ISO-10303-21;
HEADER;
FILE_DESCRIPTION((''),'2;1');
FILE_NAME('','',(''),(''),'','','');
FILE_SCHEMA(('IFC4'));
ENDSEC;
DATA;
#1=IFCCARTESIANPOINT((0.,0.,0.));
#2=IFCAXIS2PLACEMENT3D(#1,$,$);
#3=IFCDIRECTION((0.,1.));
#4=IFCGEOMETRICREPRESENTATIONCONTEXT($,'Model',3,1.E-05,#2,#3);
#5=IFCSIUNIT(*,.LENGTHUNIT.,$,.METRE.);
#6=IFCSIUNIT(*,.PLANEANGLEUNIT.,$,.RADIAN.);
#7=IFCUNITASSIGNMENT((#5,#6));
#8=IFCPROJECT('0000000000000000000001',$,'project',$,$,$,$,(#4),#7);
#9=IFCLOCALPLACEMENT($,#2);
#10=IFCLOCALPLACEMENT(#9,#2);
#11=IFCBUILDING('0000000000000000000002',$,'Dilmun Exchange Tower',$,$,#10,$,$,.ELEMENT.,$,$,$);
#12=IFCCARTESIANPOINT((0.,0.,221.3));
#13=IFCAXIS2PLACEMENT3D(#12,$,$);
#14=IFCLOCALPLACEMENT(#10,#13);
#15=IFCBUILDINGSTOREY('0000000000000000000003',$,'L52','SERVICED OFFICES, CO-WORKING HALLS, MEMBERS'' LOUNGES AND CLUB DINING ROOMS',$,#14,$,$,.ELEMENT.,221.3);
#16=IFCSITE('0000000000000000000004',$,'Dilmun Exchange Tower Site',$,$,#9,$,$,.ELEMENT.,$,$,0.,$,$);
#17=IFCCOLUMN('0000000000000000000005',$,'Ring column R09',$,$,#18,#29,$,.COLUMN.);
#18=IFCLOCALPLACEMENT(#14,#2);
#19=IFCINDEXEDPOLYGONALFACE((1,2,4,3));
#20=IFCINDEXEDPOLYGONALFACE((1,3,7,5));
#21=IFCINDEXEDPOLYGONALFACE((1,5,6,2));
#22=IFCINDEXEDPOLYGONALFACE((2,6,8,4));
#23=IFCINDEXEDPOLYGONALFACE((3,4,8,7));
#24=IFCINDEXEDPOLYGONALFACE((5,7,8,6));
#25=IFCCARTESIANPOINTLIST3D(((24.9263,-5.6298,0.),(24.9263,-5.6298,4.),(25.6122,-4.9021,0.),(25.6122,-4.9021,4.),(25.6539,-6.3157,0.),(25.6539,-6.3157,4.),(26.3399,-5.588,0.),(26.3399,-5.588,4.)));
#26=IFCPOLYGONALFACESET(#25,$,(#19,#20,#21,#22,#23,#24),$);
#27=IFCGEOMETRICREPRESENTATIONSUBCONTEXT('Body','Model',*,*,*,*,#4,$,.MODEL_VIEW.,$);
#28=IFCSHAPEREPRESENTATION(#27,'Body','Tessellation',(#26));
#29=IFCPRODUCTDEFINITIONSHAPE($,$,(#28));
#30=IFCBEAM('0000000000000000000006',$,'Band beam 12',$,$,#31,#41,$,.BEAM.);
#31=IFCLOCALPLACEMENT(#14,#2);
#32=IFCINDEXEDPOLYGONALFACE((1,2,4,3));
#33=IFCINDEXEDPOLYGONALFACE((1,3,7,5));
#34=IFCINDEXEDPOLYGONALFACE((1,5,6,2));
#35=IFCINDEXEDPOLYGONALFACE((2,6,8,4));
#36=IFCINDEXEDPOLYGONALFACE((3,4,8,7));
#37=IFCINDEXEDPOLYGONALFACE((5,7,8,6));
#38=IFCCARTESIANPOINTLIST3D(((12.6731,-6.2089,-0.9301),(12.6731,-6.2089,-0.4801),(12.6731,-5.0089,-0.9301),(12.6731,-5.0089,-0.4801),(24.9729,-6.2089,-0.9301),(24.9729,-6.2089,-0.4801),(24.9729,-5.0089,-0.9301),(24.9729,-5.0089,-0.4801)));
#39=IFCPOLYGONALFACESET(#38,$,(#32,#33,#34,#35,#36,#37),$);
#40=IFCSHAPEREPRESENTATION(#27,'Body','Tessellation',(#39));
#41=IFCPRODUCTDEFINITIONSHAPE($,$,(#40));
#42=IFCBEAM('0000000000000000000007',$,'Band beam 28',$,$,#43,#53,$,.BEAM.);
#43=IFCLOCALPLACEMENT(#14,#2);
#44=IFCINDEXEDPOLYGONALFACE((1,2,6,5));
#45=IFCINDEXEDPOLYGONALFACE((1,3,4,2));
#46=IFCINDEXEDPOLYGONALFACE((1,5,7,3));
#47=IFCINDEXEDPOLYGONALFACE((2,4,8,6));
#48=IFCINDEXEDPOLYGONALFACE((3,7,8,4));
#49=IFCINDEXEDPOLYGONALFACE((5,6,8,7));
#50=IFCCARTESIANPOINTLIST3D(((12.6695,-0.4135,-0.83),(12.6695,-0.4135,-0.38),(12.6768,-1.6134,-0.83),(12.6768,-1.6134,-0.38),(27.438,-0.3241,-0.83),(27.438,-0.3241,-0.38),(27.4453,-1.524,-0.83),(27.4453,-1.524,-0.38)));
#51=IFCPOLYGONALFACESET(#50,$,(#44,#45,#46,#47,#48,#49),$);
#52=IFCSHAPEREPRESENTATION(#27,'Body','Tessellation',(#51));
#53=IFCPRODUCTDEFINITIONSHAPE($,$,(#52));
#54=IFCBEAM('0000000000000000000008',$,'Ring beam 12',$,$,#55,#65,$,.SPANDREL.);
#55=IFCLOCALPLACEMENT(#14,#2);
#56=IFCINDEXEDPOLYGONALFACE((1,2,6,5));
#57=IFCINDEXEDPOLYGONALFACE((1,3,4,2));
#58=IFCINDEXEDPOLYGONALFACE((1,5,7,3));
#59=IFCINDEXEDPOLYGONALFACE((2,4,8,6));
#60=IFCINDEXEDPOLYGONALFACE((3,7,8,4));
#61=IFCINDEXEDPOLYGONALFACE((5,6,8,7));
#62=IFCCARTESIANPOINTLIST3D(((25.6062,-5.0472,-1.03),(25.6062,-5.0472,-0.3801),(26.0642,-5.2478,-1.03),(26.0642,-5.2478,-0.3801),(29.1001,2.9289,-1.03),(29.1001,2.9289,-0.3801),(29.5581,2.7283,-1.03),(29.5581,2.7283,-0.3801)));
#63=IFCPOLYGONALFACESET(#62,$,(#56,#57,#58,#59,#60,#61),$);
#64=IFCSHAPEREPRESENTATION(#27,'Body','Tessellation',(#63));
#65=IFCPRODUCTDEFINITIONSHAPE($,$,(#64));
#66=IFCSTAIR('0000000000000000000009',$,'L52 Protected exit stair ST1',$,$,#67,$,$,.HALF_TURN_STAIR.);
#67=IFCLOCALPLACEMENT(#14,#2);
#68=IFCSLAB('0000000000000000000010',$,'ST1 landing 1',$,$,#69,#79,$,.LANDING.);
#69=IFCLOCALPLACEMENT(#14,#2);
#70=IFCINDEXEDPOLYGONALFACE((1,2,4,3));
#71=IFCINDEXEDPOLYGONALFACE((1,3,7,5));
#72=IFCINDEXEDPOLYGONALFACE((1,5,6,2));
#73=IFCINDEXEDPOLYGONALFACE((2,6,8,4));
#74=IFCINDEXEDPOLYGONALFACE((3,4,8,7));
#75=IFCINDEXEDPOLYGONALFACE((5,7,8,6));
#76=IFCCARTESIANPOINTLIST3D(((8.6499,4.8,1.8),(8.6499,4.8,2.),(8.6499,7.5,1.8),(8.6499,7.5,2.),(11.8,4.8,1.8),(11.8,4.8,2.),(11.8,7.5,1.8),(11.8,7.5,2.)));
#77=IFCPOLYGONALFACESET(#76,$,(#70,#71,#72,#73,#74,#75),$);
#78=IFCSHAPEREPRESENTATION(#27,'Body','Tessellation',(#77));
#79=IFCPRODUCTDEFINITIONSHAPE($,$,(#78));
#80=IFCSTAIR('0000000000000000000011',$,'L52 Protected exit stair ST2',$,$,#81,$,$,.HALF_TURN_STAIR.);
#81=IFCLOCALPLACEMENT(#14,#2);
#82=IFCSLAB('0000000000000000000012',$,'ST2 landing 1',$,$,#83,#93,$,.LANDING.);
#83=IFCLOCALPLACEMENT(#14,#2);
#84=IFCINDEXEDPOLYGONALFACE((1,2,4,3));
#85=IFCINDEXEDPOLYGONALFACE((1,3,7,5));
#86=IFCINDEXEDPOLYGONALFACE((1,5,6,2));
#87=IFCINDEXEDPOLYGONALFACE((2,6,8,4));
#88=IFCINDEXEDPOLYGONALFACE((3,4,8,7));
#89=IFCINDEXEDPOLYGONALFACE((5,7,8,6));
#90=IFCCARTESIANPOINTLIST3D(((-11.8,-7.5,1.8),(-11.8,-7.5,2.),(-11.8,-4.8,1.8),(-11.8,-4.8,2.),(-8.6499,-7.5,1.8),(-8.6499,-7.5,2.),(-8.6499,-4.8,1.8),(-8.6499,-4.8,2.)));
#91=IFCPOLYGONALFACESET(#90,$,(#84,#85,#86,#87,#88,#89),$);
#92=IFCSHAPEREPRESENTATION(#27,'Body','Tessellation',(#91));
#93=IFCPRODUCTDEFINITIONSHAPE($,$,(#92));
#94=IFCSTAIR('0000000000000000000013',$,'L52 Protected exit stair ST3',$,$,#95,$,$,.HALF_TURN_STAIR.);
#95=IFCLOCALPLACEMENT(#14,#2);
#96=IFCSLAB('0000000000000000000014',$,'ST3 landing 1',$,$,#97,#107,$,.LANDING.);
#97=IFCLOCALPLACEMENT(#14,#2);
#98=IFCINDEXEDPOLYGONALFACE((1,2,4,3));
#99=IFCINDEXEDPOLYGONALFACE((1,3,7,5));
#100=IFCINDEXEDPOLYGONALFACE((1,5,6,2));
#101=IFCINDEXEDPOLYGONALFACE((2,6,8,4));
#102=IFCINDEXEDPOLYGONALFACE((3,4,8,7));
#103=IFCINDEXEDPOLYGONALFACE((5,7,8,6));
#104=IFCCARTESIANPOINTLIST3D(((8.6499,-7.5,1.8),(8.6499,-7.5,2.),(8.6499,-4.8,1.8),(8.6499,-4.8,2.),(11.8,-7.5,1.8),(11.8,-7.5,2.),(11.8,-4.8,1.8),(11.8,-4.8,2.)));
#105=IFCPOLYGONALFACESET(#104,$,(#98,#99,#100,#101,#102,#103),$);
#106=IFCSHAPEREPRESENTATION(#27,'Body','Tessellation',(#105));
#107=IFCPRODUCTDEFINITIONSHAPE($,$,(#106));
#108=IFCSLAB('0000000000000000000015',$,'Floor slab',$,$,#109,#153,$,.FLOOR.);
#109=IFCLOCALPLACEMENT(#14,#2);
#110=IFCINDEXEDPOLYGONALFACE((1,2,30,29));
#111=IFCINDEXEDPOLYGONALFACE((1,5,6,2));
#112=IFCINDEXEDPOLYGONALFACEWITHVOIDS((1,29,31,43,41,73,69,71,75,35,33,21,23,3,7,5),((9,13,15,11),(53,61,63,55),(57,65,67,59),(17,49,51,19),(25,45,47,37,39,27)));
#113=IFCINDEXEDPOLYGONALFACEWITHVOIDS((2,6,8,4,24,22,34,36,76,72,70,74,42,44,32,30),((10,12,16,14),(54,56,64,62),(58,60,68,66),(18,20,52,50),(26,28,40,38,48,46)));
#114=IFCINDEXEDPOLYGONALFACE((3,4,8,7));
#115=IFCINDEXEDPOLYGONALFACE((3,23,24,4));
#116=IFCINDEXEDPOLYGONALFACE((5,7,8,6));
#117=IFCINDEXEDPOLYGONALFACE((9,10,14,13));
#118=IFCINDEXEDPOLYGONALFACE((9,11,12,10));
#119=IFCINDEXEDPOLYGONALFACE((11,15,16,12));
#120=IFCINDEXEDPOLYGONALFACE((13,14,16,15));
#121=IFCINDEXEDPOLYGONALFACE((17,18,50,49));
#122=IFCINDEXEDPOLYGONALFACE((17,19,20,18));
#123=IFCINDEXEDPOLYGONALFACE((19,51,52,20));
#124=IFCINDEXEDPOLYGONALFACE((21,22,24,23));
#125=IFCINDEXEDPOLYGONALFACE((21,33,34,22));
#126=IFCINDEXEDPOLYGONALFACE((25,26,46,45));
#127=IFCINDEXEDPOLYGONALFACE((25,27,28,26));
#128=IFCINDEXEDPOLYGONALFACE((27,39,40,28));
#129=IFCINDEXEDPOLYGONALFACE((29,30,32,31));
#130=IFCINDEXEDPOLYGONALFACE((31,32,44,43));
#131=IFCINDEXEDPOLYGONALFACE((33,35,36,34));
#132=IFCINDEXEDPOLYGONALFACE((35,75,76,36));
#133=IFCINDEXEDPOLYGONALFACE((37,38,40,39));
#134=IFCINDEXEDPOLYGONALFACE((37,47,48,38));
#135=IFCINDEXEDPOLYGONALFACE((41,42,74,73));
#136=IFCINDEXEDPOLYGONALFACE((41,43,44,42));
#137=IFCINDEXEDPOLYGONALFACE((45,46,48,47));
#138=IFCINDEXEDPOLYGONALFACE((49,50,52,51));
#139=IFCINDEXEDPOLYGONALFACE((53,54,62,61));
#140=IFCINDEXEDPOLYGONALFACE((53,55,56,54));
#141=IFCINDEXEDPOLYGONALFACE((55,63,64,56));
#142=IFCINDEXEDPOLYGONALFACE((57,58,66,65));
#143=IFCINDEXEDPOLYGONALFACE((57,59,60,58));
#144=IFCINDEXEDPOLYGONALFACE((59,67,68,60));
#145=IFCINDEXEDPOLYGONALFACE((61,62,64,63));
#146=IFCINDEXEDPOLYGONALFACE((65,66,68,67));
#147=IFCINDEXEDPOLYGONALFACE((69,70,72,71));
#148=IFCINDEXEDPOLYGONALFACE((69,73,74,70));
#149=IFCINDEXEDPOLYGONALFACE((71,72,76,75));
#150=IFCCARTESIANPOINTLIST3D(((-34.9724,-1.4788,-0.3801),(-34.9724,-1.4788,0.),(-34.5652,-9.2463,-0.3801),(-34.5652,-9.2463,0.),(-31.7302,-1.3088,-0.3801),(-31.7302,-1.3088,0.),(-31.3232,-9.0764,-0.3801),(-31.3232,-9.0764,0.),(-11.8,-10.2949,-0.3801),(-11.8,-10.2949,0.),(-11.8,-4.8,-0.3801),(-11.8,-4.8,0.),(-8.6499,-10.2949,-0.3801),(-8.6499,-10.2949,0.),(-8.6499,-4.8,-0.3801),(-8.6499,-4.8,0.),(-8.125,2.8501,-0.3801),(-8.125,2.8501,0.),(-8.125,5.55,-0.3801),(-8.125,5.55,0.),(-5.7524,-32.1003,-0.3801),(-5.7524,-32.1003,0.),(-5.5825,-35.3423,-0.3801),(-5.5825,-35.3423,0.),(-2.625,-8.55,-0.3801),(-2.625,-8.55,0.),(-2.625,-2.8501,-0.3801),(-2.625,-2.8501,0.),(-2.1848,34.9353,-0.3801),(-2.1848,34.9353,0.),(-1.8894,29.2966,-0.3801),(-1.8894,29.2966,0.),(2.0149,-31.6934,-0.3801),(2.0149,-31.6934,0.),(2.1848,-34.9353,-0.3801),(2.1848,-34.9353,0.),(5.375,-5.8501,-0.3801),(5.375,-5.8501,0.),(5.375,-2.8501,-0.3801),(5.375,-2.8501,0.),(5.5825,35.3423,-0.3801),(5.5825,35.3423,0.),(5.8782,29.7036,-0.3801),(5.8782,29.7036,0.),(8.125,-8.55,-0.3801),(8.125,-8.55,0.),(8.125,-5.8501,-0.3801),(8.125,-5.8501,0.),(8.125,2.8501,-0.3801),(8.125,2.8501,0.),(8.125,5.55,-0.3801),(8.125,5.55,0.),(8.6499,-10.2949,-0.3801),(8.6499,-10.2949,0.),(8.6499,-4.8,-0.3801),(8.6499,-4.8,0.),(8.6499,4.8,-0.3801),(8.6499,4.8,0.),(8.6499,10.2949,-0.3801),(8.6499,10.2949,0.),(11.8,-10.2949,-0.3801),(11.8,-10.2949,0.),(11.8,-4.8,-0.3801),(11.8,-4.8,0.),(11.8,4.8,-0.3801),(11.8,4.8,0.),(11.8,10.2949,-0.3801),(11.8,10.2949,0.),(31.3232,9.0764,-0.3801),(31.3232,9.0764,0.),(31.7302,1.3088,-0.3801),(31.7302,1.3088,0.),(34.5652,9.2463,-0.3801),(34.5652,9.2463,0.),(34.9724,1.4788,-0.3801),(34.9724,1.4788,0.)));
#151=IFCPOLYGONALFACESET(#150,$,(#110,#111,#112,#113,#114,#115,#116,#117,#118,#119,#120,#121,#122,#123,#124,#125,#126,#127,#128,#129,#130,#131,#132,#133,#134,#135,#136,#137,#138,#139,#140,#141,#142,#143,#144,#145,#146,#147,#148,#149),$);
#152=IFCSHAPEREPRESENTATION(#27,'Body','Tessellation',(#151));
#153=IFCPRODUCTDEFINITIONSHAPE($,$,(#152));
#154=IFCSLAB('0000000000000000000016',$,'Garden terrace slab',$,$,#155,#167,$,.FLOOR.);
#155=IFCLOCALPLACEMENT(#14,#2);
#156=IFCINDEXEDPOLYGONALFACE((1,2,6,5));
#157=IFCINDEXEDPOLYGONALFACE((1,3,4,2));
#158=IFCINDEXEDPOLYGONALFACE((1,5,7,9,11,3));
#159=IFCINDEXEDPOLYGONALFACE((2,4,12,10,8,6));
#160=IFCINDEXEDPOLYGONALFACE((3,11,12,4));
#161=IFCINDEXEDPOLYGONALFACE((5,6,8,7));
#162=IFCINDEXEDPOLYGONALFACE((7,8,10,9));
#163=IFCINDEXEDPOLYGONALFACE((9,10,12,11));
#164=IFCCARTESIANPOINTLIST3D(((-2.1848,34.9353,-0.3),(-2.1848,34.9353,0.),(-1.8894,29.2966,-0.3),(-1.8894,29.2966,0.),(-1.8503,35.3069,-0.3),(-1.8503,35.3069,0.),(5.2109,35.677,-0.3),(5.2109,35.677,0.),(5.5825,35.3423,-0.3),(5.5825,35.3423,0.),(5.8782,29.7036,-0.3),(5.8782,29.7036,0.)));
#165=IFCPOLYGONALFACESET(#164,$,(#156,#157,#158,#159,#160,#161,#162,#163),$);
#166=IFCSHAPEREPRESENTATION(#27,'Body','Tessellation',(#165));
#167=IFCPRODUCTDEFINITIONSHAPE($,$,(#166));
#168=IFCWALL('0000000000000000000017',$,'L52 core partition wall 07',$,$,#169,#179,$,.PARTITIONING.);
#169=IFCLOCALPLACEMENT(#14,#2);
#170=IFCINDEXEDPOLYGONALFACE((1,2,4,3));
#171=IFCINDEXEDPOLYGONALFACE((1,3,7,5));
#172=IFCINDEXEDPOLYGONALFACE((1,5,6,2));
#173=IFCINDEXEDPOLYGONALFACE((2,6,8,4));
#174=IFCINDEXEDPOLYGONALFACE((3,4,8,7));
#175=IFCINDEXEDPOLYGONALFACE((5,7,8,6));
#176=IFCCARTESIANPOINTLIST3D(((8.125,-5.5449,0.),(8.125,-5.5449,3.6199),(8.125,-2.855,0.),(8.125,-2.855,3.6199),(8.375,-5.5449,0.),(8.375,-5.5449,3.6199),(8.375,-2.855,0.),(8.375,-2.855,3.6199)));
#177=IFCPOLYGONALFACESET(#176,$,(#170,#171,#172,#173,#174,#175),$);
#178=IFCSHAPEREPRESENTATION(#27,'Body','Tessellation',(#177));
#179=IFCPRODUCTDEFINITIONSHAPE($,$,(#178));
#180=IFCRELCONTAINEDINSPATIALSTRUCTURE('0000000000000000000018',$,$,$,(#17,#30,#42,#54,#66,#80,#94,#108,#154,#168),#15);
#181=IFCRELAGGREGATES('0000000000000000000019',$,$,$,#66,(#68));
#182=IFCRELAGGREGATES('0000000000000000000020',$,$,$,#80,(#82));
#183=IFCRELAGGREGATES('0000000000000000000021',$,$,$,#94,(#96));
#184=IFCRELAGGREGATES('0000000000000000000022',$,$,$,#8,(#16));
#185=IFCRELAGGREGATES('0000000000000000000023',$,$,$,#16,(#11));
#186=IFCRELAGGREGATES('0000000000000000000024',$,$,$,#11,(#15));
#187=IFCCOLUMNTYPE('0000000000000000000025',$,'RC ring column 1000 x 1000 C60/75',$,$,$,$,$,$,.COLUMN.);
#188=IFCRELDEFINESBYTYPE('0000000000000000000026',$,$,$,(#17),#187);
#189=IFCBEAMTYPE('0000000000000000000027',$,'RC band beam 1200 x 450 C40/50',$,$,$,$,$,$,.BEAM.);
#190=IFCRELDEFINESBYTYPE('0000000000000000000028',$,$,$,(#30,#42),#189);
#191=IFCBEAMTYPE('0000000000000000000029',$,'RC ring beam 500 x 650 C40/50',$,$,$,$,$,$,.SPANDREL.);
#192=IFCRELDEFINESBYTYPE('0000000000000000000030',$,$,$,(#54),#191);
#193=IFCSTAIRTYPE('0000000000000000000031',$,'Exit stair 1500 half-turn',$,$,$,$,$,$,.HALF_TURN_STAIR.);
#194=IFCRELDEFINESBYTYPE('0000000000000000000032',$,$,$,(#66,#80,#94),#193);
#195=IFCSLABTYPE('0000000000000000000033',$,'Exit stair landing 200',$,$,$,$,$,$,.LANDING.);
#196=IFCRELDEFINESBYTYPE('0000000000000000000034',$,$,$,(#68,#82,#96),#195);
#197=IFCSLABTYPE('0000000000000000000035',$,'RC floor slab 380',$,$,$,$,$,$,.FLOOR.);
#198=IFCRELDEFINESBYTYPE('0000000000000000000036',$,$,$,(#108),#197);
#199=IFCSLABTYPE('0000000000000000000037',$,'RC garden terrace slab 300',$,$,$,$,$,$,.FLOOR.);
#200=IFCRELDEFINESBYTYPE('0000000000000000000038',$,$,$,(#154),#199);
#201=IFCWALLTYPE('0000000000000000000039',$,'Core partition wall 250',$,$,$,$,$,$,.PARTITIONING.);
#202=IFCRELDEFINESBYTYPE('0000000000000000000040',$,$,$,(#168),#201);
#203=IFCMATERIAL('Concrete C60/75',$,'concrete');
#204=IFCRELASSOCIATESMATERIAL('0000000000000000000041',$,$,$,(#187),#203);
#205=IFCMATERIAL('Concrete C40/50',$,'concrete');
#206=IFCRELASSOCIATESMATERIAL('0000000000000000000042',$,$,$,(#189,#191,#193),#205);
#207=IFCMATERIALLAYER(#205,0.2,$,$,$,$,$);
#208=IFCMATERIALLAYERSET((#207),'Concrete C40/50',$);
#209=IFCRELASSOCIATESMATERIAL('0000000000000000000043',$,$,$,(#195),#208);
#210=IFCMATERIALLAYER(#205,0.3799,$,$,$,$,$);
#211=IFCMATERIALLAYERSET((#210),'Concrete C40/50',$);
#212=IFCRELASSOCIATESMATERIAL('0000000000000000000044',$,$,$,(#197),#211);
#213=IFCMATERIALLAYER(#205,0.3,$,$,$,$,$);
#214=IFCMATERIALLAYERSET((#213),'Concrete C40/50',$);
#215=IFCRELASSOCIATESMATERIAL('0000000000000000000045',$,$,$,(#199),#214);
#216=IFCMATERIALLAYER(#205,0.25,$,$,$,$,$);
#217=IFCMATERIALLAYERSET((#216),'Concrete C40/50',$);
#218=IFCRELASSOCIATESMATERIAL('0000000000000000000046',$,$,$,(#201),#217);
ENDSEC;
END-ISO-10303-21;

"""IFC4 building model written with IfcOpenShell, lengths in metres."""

from ifc_helpers import new_model, si_unit, direction, frame, frame_2d, origin, origin_2d, place, context, subcontext, project, spatial, polyline, rectangle, outline, extrude, material, layer, layer_set, material_profile, profile_set, type_object, element, aggregate, save


model = new_model("IFC4")

# Units and contexts
model_context = context("Model", 3, precision=1e-05, world=origin(), true_north=direction((0.0, 1.0)))
body_context = subcontext(model_context, "Body", "Model", "MODEL_VIEW")
ifc_project = project(units=[si_unit("LENGTHUNIT", "METRE"), si_unit("PLANEANGLEUNIT", "RADIAN")], contexts=[model_context])

# Site, building, storey
site_placement = place(None, origin())
site = spatial("IfcSite", under=ifc_project, at=site_placement, Name="Dilmun Exchange Tower Site", CompositionType="ELEMENT", RefElevation=0.0)
building_placement = place(site_placement, origin())
building = spatial("IfcBuilding", under=site, at=building_placement, Name="Dilmun Exchange Tower", CompositionType="ELEMENT")
storey_placement = place(building_placement, frame((0.0, 0.0, 221.3)))
storey = spatial("IfcBuildingStorey", under=building, at=storey_placement, Name="L52", Description="SERVICED OFFICES, CO-WORKING HALLS, MEMBERS' LOUNGES AND CLUB DINING ROOMS", CompositionType="ELEMENT", Elevation=221.3)

# Column
ifc_material_1 = material(Name="Concrete C60/75", Category="concrete")
ifc_material_profile_1 = material_profile(ifc_material_1, rectangle(XDim=1.0, YDim=1.0, at=origin_2d()), Name="1000 x 1000")
ifc_profile_set_1 = profile_set([ifc_material_profile_1], Name="Concrete C60/75")
column_type = type_object("IfcColumnType", Name="RC ring column 1000 x 1000 C60/75", PredefinedType="COLUMN", material=ifc_profile_set_1)
column_placement = place(storey_placement, frame((25.6331, -5.6089, 0.0), z_axis=(0.0, 0.0, 1.0), x_axis=(0.685916, 0.727681, 0.0)))
element("IfcColumn", 1, at=column_placement, inside=storey, type_object=column_type, Name="Ring column R09", PredefinedType="COLUMN", context=body_context, shape_type="SweptSolid", body=[
    extrude(rectangle(XDim=1.0, YDim=1.0, at=origin_2d()), origin(), (0.0, 0.0, 1.0), 4.0),
])

# Beams
ifc_material_2 = material(Name="Concrete C40/50", Category="concrete")
ifc_material_profile_2 = material_profile(ifc_material_2, rectangle(XDim=1.2, YDim=0.45, at=origin_2d()), Name="1200 x 450")
ifc_profile_set_2 = profile_set([ifc_material_profile_2], Name="Concrete C40/50")
beam_type_1 = type_object("IfcBeamType", Name="RC band beam 1200 x 450 C40/50", PredefinedType="BEAM", material=ifc_profile_set_2)
beam_1_placement = place(storey_placement, frame((24.9729, -5.6089, -0.7051), z_axis=(-1.0, 0.0, 0.0), x_axis=(0.0, -1.0, 0.0)))
element("IfcBeam", 2, at=beam_1_placement, inside=storey, type_object=beam_type_1, Name="Band beam 12", PredefinedType="BEAM", context=body_context, shape_type="SweptSolid", body=[
    extrude(rectangle(XDim=1.2, YDim=0.45, at=origin_2d()), origin(), (0.0, 0.0, 1.0), 12.2998),
])
beam_2_placement = place(storey_placement, frame((27.4417, -0.9241, -0.605), z_axis=(-0.999982, -0.00605, 0.0), x_axis=(0.00605, -0.999982, 0.0)))
element("IfcBeam", 3, at=beam_2_placement, inside=storey, type_object=beam_type_1, Name="Band beam 28", PredefinedType="BEAM", context=body_context, shape_type="SweptSolid", body=[
    extrude(rectangle(XDim=1.2, YDim=0.45, at=origin_2d()), origin(), (0.0, 0.0, 1.0), 14.7688),
])
ifc_material_profile_3 = material_profile(ifc_material_2, rectangle(XDim=0.5, YDim=0.6499, at=origin_2d()), Name="500 x 650")
ifc_profile_set_3 = profile_set([ifc_material_profile_3], Name="Concrete C40/50")
beam_type_2 = type_object("IfcBeamType", Name="RC ring beam 500 x 650 C40/50", PredefinedType="SPANDREL", material=ifc_profile_set_3)
beam_3_placement = place(storey_placement, frame((25.8352, -5.1475, -0.7051), z_axis=(0.401239, 0.915973, 0.0), x_axis=(-0.915973, 0.401239, 0.0)))
element("IfcBeam", 4, at=beam_3_placement, inside=storey, type_object=beam_type_2, Name="Ring beam 12", PredefinedType="SPANDREL", context=body_context, shape_type="SweptSolid", body=[
    extrude(rectangle(XDim=0.5, YDim=0.6499, at=origin_2d()), origin(), (0.0, 0.0, 1.0), 8.7078),
])

# Stairs, slabs
stair_type = type_object("IfcStairType", Name="Exit stair 1500 half-turn", PredefinedType="HALF_TURN_STAIR", material=ifc_material_2)
stair_1_placement = place(storey_placement, origin())
stair_1 = element("IfcStair", 5, at=stair_1_placement, inside=storey, type_object=stair_type, Name="L52 Protected exit stair ST1", PredefinedType="HALF_TURN_STAIR")
ifc_layer_1 = layer(ifc_material_2, 0.2)
ifc_layer_set_1 = layer_set([ifc_layer_1], Name="Concrete C40/50")
slab_type_1 = type_object("IfcSlabType", Name="Exit stair landing 200", PredefinedType="LANDING", material=ifc_layer_set_1)
slab_1_placement = place(storey_placement, frame((0.0, 0.0, 1.8)))
slab_1 = element("IfcSlab", 6, at=slab_1_placement, type_object=slab_type_1, Name="ST1 landing 1", PredefinedType="LANDING", context=body_context, shape_type="SweptSolid", body=[
    extrude(outline(polyline([(8.6499, 7.5), (8.6499, 4.8), (11.8, 4.8), (11.8, 7.5), (8.6499, 7.5)])), origin(), (0.0, 0.0, 1.0), 0.2),
])
aggregate(stair_1, [slab_1])
stair_2_placement = place(storey_placement, origin())
stair_2 = element("IfcStair", 7, at=stair_2_placement, inside=storey, type_object=stair_type, Name="L52 Protected exit stair ST2", PredefinedType="HALF_TURN_STAIR")
slab_2_placement = place(storey_placement, frame((0.0, 0.0, 1.8)))
slab_2 = element("IfcSlab", 8, at=slab_2_placement, type_object=slab_type_1, Name="ST2 landing 1", PredefinedType="LANDING", context=body_context, shape_type="SweptSolid", body=[
    extrude(outline(polyline([(-8.6499, -7.5), (-8.6499, -4.8), (-11.8, -4.8), (-11.8, -7.5), (-8.6499, -7.5)])), origin(), (0.0, 0.0, 1.0), 0.2),
])
aggregate(stair_2, [slab_2])
stair_3_placement = place(storey_placement, origin())
stair_3 = element("IfcStair", 9, at=stair_3_placement, inside=storey, type_object=stair_type, Name="L52 Protected exit stair ST3", PredefinedType="HALF_TURN_STAIR")
slab_3_placement = place(storey_placement, frame((0.0, 0.0, 1.8)))
slab_3 = element("IfcSlab", 10, at=slab_3_placement, type_object=slab_type_1, Name="ST3 landing 1", PredefinedType="LANDING", context=body_context, shape_type="SweptSolid", body=[
    extrude(outline(polyline([(11.8, -7.5), (11.8, -4.8), (8.6499, -4.8), (8.6499, -7.5), (11.8, -7.5)])), origin(), (0.0, 0.0, 1.0), 0.2),
])

# Slabs
ifc_layer_2 = layer(ifc_material_2, 0.3799)
ifc_layer_set_2 = layer_set([ifc_layer_2], Name="Concrete C40/50")
slab_type_2 = type_object("IfcSlabType", Name="RC floor slab 380", PredefinedType="FLOOR", material=ifc_layer_set_2)
slab_4_placement = place(storey_placement, frame((0.0, 0.0, -0.3801)))
element("IfcSlab", 11, at=slab_4_placement, inside=storey, type_object=slab_type_2, Name="Floor slab", PredefinedType="FLOOR", context=body_context, shape_type="SweptSolid", body=[
    extrude(outline(polyline([(31.3232, 9.0764), (31.7302, 1.3088), (34.9724, 1.4788), (2.1848, -34.9353), (2.0149, -31.6934), (-5.7524, -32.1003), (-5.5825, -35.3423), (-34.5652, -9.2463), (-31.3232, -9.0764), (-31.7302, -1.3088), (-34.9724, -1.4788), (-2.1848, 34.9353), (-1.8894, 29.2966), (5.8782, 29.7036), (5.5825, 35.3423), (34.5652, 9.2463), (31.3232, 9.0764)]), holes=[polyline([(-8.6499, -4.8), (-11.8, -4.8), (-11.8, -10.2949), (-8.6499, -10.2949), (-8.6499, -4.8)]), polyline([(11.8, -4.8), (8.6499, -4.8), (8.6499, -10.2949), (11.8, -10.2949), (11.8, -4.8)]), polyline([(5.375, -2.8501), (-2.625, -2.8501), (-2.625, -8.55), (8.125, -8.55), (8.125, -5.8501), (5.375, -5.8501), (5.375, -2.8501)]), polyline([(8.125, 2.8501), (8.125, 5.55), (-8.125, 5.55), (-8.125, 2.8501), (8.125, 2.8501)]), polyline([(8.6499, 10.2949), (8.6499, 4.8), (11.8, 4.8), (11.8, 10.2949), (8.6499, 10.2949)])]), origin(), (0.0, 0.0, 1.0), 0.3801),
])
ifc_layer_3 = layer(ifc_material_2, 0.3)
ifc_layer_set_3 = layer_set([ifc_layer_3], Name="Concrete C40/50")
slab_type_3 = type_object("IfcSlabType", Name="RC garden terrace slab 300", PredefinedType="FLOOR", material=ifc_layer_set_3)
slab_5_placement = place(storey_placement, frame((0.0, 0.0, -0.3)))
element("IfcSlab", 12, at=slab_5_placement, inside=storey, type_object=slab_type_3, Name="Garden terrace slab", PredefinedType="FLOOR", context=body_context, shape_type="SweptSolid", body=[
    extrude(outline(polyline([(-1.8894, 29.2966), (-2.1848, 34.9353), (-1.8503, 35.3069), (5.2109, 35.677), (5.5825, 35.3423), (5.8782, 29.7036), (-1.8894, 29.2966)])), origin(), (0.0, 0.0, 1.0), 0.3),
])

# Wall
ifc_layer_4 = layer(ifc_material_2, 0.25)
ifc_layer_set_4 = layer_set([ifc_layer_4], Name="Concrete C40/50")
wall_type_1 = type_object("IfcWallType", Name="Core partition wall 250", PredefinedType="PARTITIONING", material=ifc_layer_set_4)
wall_1_placement = place(storey_placement, frame((8.25, -5.5449, 0.0), z_axis=(0.0, 0.0, 1.0), x_axis=(0.0, 1.0, 0.0)))
element("IfcWall", 13, at=wall_1_placement, inside=storey, type_object=wall_type_1, Name="L52 core partition wall 07", PredefinedType="PARTITIONING", context=body_context, shape_type="SweptSolid", body=[
    extrude(rectangle(XDim=2.6899, YDim=0.25, at=frame_2d((1.345, 0.0))), origin(), (0.0, 0.0, 1.0), 3.6199),
])

aggregate(stair_3, [slab_3])

save(model, "model.ifc")
